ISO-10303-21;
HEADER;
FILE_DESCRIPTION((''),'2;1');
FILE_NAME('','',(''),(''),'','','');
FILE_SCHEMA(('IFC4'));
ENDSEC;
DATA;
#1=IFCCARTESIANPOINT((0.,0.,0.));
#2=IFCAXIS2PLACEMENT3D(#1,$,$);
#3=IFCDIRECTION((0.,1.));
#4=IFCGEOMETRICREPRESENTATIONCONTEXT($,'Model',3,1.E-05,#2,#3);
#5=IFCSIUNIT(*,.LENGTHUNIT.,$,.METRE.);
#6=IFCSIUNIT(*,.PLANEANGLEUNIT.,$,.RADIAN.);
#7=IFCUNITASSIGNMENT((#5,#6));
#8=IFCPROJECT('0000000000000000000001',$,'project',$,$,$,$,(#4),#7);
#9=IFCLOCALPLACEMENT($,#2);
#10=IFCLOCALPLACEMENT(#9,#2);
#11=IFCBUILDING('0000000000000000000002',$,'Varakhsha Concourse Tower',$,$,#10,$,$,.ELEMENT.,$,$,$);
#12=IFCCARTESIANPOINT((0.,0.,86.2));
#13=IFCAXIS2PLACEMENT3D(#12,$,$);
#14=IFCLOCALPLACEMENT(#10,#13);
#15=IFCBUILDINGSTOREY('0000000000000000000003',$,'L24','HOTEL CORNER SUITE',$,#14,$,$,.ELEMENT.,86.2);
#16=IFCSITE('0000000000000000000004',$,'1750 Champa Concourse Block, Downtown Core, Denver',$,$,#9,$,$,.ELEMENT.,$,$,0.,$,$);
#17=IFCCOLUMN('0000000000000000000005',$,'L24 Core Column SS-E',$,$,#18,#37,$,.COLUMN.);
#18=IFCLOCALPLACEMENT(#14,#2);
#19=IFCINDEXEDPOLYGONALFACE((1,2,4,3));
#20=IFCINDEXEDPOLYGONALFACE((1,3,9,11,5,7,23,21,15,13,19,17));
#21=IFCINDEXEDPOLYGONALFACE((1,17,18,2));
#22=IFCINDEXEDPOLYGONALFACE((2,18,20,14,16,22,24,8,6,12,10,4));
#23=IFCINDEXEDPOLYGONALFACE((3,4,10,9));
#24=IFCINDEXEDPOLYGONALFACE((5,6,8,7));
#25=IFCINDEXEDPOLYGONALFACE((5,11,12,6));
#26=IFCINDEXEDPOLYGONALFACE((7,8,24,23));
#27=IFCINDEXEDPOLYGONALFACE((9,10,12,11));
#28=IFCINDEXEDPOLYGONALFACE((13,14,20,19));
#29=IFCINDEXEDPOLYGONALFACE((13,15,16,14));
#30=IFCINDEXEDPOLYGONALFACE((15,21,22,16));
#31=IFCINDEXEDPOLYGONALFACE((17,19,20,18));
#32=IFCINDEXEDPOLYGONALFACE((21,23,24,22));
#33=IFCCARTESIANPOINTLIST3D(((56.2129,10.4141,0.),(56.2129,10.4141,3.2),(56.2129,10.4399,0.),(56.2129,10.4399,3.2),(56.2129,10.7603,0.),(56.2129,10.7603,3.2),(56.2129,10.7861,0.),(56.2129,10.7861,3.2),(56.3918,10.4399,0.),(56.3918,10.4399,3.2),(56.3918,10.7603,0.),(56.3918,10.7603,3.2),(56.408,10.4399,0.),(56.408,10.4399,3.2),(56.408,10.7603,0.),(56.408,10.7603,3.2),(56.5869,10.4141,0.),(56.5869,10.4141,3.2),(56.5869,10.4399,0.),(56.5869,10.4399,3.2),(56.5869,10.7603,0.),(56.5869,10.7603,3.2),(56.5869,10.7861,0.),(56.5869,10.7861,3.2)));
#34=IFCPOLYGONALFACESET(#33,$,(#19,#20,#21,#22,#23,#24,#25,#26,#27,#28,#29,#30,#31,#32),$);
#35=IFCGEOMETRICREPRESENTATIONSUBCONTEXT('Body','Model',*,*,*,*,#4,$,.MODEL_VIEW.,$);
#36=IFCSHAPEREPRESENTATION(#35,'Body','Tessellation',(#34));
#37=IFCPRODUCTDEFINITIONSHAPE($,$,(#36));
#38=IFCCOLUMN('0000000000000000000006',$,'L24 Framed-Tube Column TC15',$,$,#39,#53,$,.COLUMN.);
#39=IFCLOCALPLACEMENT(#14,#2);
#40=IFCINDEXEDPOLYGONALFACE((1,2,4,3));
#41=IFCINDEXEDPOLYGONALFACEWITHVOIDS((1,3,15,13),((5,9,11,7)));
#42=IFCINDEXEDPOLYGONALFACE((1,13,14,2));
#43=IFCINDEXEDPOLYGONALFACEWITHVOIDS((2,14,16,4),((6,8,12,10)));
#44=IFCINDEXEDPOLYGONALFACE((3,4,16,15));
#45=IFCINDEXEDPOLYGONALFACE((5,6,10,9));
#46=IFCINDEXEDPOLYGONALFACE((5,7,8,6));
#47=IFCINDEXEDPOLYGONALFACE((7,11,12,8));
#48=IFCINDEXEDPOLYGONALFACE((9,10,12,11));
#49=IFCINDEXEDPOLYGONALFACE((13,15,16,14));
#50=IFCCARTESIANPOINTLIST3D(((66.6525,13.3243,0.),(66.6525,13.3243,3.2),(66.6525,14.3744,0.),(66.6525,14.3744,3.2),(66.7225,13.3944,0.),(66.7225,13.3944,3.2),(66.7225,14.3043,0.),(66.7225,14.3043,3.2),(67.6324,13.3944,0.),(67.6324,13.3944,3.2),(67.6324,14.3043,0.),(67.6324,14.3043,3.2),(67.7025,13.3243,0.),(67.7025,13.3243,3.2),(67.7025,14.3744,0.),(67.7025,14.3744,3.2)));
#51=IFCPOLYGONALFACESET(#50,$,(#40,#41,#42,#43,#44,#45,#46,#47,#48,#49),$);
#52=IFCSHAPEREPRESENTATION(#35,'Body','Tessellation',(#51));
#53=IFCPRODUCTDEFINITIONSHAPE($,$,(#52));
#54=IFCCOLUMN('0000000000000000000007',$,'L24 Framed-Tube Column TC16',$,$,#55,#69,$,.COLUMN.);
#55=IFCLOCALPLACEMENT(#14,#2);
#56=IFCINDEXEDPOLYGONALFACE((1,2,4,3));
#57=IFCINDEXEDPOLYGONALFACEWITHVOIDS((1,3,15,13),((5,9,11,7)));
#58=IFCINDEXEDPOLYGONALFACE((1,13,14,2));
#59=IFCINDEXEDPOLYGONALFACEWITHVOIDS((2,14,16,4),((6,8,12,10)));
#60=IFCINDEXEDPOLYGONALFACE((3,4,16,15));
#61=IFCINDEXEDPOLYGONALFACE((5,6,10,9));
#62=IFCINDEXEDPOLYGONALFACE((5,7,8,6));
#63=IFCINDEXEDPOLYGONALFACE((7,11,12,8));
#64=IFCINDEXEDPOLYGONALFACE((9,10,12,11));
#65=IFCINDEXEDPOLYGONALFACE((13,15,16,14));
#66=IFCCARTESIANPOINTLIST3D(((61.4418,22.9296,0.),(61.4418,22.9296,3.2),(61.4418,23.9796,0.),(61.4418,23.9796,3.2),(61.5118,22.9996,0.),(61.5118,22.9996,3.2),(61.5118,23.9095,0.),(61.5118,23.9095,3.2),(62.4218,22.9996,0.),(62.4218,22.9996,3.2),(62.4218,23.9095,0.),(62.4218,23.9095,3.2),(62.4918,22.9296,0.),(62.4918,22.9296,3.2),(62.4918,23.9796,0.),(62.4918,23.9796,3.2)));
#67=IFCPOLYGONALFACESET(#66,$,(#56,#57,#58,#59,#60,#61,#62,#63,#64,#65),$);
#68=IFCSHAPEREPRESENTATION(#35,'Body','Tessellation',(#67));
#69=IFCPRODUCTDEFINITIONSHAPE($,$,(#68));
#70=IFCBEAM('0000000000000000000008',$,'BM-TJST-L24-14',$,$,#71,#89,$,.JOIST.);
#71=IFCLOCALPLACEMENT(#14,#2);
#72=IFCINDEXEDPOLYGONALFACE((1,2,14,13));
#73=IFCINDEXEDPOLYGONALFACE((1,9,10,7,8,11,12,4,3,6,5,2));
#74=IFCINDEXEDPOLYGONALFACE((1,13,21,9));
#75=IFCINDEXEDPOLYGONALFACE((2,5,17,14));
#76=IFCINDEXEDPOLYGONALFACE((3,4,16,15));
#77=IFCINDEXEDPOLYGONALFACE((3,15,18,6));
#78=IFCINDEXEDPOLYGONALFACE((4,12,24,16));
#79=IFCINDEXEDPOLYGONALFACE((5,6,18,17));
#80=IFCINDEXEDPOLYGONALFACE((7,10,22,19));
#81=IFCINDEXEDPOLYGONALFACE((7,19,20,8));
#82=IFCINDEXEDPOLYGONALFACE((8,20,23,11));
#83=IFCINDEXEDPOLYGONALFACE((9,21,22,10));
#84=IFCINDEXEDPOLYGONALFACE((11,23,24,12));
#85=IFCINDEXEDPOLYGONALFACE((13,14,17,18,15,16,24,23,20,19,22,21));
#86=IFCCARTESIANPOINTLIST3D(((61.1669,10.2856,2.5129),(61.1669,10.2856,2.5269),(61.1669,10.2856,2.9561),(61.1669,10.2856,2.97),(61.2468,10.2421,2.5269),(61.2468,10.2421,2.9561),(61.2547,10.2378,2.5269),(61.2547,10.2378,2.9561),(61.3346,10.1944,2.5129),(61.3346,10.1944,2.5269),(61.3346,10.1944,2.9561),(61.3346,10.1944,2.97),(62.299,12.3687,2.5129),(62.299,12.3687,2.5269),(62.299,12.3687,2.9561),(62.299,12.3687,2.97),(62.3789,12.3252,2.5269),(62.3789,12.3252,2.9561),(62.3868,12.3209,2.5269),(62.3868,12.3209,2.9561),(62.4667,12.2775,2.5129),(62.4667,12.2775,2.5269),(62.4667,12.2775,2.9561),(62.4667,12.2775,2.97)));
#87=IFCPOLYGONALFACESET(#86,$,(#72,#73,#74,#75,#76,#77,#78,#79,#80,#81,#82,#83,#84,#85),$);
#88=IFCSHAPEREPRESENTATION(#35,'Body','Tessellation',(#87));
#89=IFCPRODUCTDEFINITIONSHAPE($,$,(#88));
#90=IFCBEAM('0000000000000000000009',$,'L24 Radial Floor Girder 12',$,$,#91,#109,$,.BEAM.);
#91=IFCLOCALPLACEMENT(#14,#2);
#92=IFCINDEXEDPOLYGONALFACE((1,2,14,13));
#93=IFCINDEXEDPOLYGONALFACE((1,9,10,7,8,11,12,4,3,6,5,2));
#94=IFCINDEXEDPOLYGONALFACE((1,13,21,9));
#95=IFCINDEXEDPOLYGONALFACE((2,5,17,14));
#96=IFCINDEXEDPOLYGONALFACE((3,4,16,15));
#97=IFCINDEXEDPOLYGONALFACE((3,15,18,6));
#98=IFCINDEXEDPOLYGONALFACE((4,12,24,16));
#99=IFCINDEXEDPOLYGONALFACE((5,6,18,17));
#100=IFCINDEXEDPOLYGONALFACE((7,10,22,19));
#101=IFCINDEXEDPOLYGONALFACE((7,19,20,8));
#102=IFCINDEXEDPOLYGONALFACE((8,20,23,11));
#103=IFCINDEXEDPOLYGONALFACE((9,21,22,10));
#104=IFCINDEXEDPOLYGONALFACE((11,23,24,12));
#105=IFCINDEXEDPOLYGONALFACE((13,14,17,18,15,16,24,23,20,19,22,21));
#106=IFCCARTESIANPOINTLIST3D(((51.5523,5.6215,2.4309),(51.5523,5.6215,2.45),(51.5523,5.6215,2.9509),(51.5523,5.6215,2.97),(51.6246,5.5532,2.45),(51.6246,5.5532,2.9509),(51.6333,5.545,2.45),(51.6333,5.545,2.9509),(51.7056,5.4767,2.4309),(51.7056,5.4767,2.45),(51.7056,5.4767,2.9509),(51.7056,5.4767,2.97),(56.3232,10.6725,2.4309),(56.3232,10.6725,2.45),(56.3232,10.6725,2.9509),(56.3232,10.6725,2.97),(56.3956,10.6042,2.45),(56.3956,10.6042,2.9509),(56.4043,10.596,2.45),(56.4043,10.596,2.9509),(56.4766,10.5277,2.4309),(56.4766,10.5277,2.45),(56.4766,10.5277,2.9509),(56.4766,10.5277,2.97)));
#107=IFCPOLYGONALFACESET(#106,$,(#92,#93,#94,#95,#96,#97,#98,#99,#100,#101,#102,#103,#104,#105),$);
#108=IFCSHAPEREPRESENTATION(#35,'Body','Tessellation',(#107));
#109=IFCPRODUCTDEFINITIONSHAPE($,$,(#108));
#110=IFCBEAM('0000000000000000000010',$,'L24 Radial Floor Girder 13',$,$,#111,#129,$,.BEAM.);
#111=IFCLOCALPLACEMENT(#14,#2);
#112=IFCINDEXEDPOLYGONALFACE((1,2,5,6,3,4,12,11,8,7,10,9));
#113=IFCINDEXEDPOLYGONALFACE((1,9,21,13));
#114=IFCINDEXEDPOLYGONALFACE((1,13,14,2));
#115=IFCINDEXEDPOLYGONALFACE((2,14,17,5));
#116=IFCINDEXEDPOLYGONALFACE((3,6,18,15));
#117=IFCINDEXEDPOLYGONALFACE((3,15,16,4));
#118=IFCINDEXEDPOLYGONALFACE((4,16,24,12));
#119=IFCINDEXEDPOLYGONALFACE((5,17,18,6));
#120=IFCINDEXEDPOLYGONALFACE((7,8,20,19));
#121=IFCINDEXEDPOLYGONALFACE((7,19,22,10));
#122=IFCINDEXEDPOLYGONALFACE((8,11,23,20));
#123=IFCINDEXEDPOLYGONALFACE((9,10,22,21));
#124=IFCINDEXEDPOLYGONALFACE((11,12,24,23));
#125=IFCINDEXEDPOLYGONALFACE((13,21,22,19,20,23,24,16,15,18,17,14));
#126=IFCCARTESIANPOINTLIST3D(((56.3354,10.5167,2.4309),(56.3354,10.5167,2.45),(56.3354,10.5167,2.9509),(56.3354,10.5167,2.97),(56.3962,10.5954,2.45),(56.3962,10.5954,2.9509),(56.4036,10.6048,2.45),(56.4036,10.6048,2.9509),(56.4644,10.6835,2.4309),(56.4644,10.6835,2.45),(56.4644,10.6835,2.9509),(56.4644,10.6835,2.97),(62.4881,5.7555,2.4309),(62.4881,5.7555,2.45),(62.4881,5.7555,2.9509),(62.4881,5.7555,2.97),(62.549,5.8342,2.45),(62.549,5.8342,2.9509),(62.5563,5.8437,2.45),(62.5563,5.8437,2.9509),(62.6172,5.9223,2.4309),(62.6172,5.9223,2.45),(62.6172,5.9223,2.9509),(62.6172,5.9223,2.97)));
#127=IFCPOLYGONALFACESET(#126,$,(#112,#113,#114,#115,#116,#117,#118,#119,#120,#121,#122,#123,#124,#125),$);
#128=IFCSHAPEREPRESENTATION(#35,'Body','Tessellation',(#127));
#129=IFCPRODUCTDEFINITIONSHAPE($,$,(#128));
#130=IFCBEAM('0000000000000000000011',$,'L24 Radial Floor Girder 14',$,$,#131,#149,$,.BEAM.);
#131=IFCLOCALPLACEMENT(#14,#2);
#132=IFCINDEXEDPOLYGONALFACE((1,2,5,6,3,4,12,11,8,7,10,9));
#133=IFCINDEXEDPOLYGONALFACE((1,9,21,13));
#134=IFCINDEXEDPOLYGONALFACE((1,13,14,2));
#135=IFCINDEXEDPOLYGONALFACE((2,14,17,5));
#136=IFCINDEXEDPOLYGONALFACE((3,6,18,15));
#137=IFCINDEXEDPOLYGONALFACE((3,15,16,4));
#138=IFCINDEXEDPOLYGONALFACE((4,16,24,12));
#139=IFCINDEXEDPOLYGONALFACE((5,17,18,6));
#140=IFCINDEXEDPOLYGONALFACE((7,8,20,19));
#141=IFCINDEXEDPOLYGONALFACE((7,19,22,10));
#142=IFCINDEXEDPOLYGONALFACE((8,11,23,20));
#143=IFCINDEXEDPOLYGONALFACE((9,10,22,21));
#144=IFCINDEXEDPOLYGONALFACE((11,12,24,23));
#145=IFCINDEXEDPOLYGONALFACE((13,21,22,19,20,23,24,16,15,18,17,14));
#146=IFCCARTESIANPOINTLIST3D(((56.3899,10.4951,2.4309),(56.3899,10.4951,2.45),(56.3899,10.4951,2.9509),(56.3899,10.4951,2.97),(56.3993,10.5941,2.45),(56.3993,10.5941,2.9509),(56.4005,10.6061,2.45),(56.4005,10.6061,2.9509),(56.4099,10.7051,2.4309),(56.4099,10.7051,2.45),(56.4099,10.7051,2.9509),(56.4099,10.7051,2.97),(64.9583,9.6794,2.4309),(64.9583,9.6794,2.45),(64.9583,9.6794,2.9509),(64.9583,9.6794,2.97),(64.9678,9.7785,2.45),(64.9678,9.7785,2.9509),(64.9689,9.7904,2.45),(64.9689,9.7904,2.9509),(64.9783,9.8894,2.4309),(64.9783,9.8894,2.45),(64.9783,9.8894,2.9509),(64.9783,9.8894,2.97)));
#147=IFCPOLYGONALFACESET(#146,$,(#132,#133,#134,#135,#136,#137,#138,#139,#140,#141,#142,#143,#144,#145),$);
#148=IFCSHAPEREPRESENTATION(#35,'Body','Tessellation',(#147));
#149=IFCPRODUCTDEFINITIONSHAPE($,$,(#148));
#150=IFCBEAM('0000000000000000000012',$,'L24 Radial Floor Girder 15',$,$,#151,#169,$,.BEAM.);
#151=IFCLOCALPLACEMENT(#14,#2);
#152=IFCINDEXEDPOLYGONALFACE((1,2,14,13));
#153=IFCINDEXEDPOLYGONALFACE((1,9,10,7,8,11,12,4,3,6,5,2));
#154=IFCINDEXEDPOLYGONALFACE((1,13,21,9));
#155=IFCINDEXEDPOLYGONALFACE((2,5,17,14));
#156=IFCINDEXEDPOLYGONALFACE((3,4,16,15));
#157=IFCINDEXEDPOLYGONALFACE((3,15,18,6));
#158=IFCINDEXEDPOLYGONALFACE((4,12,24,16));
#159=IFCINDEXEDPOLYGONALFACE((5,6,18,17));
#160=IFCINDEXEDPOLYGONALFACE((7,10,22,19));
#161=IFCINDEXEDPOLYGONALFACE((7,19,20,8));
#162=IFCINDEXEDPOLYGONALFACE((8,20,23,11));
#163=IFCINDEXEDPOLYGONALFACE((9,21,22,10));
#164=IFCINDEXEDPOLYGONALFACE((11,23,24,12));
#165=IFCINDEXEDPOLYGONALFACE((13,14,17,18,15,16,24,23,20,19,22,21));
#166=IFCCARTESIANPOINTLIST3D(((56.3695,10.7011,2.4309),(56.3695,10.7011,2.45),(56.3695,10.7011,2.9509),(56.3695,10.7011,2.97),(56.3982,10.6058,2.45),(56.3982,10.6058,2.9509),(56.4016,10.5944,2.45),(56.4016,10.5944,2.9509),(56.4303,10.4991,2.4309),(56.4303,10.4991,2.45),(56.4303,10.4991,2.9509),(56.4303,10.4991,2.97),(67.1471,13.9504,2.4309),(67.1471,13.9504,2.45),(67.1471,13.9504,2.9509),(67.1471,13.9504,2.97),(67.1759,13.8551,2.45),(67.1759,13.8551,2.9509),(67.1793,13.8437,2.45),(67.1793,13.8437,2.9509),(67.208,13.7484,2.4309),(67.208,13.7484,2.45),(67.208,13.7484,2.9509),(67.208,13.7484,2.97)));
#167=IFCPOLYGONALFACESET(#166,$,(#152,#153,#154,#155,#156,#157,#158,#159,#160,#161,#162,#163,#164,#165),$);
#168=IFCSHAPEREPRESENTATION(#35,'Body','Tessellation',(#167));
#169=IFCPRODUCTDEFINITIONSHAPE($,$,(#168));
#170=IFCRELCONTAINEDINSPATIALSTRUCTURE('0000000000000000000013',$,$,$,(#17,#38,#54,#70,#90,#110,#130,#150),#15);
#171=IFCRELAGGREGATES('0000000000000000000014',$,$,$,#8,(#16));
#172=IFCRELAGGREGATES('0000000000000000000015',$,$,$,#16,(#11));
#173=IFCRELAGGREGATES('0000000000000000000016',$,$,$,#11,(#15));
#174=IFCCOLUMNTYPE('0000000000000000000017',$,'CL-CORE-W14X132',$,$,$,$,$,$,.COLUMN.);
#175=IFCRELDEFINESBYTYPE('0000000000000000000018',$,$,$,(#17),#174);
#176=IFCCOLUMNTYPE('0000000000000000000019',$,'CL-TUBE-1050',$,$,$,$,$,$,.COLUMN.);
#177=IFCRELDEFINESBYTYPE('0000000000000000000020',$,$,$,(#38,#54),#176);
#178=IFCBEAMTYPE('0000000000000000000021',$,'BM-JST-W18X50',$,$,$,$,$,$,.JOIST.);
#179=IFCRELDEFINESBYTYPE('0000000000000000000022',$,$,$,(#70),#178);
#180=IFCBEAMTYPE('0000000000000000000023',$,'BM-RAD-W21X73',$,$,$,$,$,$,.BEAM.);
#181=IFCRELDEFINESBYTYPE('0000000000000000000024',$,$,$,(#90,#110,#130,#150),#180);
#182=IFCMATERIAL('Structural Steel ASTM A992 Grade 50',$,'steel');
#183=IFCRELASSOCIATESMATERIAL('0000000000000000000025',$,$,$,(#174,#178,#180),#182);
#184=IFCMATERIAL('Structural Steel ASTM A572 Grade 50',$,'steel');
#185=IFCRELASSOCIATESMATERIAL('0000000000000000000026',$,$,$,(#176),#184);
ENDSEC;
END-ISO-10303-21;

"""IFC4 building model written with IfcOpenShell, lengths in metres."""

from ifc_helpers import new_model, si_unit, direction, frame, origin, origin_2d, place, context, subcontext, project, spatial, hollow_rectangle, i_section, extrude, material, material_profile, profile_set, type_object, element, save


model = new_model("IFC4")

# Units and contexts
model_context = context("Model", 3, precision=1e-05, world=origin(), true_north=direction((0.0, 1.0)))
body_context = subcontext(model_context, "Body", "Model", "MODEL_VIEW")
ifc_project = project(units=[si_unit("LENGTHUNIT", "METRE"), si_unit("PLANEANGLEUNIT", "RADIAN")], contexts=[model_context])

# Site, building, storey
site_placement = place(None, origin())
site = spatial("IfcSite", under=ifc_project, at=site_placement, Name="1750 Champa Concourse Block, Downtown Core, Denver", CompositionType="ELEMENT", RefElevation=0.0)
building_placement = place(site_placement, origin())
building = spatial("IfcBuilding", under=site, at=building_placement, Name="Varakhsha Concourse Tower", CompositionType="ELEMENT")
storey_placement = place(building_placement, frame((0.0, 0.0, 86.2)))
storey = spatial("IfcBuildingStorey", under=building, at=storey_placement, Name="L24", Description="HOTEL CORNER SUITE", CompositionType="ELEMENT", Elevation=86.2)

# Columns
ifc_material_1 = material(Name="Structural Steel ASTM A992 Grade 50", Category="steel")
ifc_material_profile_1 = material_profile(ifc_material_1, i_section(OverallWidth=0.374, OverallDepth=0.3721, WebThickness=0.0161, FlangeThickness=0.0259, at=origin_2d()), Name="W14X132")
ifc_profile_set_1 = profile_set([ifc_material_profile_1], Name="Structural Steel ASTM A992 Grade 50")
column_type_1 = type_object("IfcColumnType", Name="CL-CORE-W14X132", PredefinedType="COLUMN", material=ifc_profile_set_1)
column_placement = place(storey_placement, frame((56.3999, 10.6001, 0.0), z_axis=(0.0, 0.0, 1.0), x_axis=(1.0, 0.0, 0.0)))
element("IfcColumn", 1, at=column_placement, inside=storey, type_object=column_type_1, Name="L24 Core Column SS-E", PredefinedType="COLUMN", context=body_context, shape_type="SweptSolid", body=[
    extrude(i_section(OverallWidth=0.374, OverallDepth=0.3721, WebThickness=0.0161, FlangeThickness=0.0259, at=origin_2d()), origin(), (0.0, 0.0, 1.0), 3.2),
])
ifc_material_2 = material(Name="Structural Steel ASTM A572 Grade 50", Category="steel")
ifc_material_profile_2 = material_profile(ifc_material_2, hollow_rectangle(XDim=1.05, YDim=1.05, WallThickness=0.0701, at=origin_2d()), Name="BOX 1050x1050x70")
ifc_profile_set_2 = profile_set([ifc_material_profile_2], Name="Structural Steel ASTM A572 Grade 50")
column_type_2 = type_object("IfcColumnType", Name="CL-TUBE-1050", PredefinedType="COLUMN", material=ifc_profile_set_2)
for number, where, z_axis, x_axis, name in (
    (2, (67.1775, 13.8494, 0.0), (0.0, 0.0, 1.0), (1.0, 0.0, 0.0), "L24 Framed-Tube Column TC15"),
    (3, (61.9668, 23.4546, 0.0), (0.0, 0.0, 1.0), (1.0, 0.0, 0.0), "L24 Framed-Tube Column TC16"),
):
    element("IfcColumn", number, at=place(storey_placement, frame(where, z_axis=z_axis, x_axis=x_axis)), inside=storey, type_object=column_type_2, Name=name, PredefinedType="COLUMN", context=body_context, shape_type="SweptSolid", body=[
        extrude(hollow_rectangle(XDim=1.05, YDim=1.05, WallThickness=0.0701, at=origin_2d()), origin(), (0.0, 0.0, 1.0), 3.2),
    ])

# Beams
ifc_material_profile_3 = material_profile(ifc_material_1, i_section(OverallWidth=0.1909, OverallDepth=0.457, WebThickness=0.009, FlangeThickness=0.0139, at=origin_2d()), Name="W18X50")
ifc_profile_set_3 = profile_set([ifc_material_profile_3], Name="Structural Steel ASTM A992 Grade 50")
beam_type_1 = type_object("IfcBeamType", Name="BM-JST-W18X50", PredefinedType="JOIST", material=ifc_profile_set_3)
beam_1_placement = place(storey_placement, frame((61.2507, 10.24, 2.7415), z_axis=(0.477517, 0.878623, 0.0), x_axis=(-0.878623, 0.477517, 0.0)))
element("IfcBeam", 4, at=beam_1_placement, inside=storey, type_object=beam_type_1, Name="BM-TJST-L24-14", PredefinedType="JOIST", context=body_context, shape_type="SweptSolid", body=[
    extrude(i_section(OverallWidth=0.1909, OverallDepth=0.457, WebThickness=0.009, FlangeThickness=0.0139, at=origin_2d()), origin(), (0.0, 0.0, 1.0), 2.3708),
])
ifc_material_profile_4 = material_profile(ifc_material_1, i_section(OverallWidth=0.2109, OverallDepth=0.5391, WebThickness=0.012, FlangeThickness=0.019, at=origin_2d()), Name="W21X73")
ifc_profile_set_4 = profile_set([ifc_material_profile_4], Name="Structural Steel ASTM A992 Grade 50")
beam_type_2 = type_object("IfcBeamType", Name="BM-RAD-W21X73", PredefinedType="BEAM", material=ifc_profile_set_4)
beam_2_placement = place(storey_placement, frame((56.3999, 10.6001, 2.7004), z_axis=(-0.686668, -0.726971, 0.0), x_axis=(0.726971, -0.686668, 0.0)))
element("IfcBeam", 5, at=beam_2_placement, inside=storey, type_object=beam_type_2, Name="L24 Radial Floor Girder 12", PredefinedType="BEAM", context=body_context, shape_type="SweptSolid", body=[
    extrude(i_section(OverallWidth=0.2109, OverallDepth=0.5391, WebThickness=0.012, FlangeThickness=0.019, at=origin_2d()), origin(), (0.0, 0.0, 1.0), 6.948),
])
beam_3_placement = place(storey_placement, frame((56.3999, 10.6001, 2.7004), z_axis=(0.790864, -0.611992, 0.0), x_axis=(0.611992, 0.790864, 0.0)))
element("IfcBeam", 6, at=beam_3_placement, inside=storey, type_object=beam_type_2, Name="L24 Radial Floor Girder 13", PredefinedType="BEAM", context=body_context, shape_type="SweptSolid", body=[
    extrude(i_section(OverallWidth=0.2109, OverallDepth=0.5391, WebThickness=0.012, FlangeThickness=0.019, at=origin_2d()), origin(), (0.0, 0.0, 1.0), 7.7798),
])
beam_4_placement = place(storey_placement, frame((56.3999, 10.6001, 2.7004), z_axis=(0.995499, -0.094768, 0.0), x_axis=(0.094768, 0.995499, 0.0)))
element("IfcBeam", 7, at=beam_4_placement, inside=storey, type_object=beam_type_2, Name="L24 Radial Floor Girder 14", PredefinedType="BEAM", context=body_context, shape_type="SweptSolid", body=[
    extrude(i_section(OverallWidth=0.2109, OverallDepth=0.5391, WebThickness=0.012, FlangeThickness=0.019, at=origin_2d()), origin(), (0.0, 0.0, 1.0), 8.6072),
])
beam_5_placement = place(storey_placement, frame((56.3999, 10.6001, 2.7004), z_axis=(0.957434, 0.288651, 0.0), x_axis=(-0.288651, 0.957434, 0.0)))
element("IfcBeam", 8, at=beam_5_placement, inside=storey, type_object=beam_type_2, Name="L24 Radial Floor Girder 15", PredefinedType="BEAM", context=body_context, shape_type="SweptSolid", body=[
    extrude(i_section(OverallWidth=0.2109, OverallDepth=0.5391, WebThickness=0.012, FlangeThickness=0.019, at=origin_2d()), origin(), (0.0, 0.0, 1.0), 11.2568),
])

save(model, "model.ifc")
